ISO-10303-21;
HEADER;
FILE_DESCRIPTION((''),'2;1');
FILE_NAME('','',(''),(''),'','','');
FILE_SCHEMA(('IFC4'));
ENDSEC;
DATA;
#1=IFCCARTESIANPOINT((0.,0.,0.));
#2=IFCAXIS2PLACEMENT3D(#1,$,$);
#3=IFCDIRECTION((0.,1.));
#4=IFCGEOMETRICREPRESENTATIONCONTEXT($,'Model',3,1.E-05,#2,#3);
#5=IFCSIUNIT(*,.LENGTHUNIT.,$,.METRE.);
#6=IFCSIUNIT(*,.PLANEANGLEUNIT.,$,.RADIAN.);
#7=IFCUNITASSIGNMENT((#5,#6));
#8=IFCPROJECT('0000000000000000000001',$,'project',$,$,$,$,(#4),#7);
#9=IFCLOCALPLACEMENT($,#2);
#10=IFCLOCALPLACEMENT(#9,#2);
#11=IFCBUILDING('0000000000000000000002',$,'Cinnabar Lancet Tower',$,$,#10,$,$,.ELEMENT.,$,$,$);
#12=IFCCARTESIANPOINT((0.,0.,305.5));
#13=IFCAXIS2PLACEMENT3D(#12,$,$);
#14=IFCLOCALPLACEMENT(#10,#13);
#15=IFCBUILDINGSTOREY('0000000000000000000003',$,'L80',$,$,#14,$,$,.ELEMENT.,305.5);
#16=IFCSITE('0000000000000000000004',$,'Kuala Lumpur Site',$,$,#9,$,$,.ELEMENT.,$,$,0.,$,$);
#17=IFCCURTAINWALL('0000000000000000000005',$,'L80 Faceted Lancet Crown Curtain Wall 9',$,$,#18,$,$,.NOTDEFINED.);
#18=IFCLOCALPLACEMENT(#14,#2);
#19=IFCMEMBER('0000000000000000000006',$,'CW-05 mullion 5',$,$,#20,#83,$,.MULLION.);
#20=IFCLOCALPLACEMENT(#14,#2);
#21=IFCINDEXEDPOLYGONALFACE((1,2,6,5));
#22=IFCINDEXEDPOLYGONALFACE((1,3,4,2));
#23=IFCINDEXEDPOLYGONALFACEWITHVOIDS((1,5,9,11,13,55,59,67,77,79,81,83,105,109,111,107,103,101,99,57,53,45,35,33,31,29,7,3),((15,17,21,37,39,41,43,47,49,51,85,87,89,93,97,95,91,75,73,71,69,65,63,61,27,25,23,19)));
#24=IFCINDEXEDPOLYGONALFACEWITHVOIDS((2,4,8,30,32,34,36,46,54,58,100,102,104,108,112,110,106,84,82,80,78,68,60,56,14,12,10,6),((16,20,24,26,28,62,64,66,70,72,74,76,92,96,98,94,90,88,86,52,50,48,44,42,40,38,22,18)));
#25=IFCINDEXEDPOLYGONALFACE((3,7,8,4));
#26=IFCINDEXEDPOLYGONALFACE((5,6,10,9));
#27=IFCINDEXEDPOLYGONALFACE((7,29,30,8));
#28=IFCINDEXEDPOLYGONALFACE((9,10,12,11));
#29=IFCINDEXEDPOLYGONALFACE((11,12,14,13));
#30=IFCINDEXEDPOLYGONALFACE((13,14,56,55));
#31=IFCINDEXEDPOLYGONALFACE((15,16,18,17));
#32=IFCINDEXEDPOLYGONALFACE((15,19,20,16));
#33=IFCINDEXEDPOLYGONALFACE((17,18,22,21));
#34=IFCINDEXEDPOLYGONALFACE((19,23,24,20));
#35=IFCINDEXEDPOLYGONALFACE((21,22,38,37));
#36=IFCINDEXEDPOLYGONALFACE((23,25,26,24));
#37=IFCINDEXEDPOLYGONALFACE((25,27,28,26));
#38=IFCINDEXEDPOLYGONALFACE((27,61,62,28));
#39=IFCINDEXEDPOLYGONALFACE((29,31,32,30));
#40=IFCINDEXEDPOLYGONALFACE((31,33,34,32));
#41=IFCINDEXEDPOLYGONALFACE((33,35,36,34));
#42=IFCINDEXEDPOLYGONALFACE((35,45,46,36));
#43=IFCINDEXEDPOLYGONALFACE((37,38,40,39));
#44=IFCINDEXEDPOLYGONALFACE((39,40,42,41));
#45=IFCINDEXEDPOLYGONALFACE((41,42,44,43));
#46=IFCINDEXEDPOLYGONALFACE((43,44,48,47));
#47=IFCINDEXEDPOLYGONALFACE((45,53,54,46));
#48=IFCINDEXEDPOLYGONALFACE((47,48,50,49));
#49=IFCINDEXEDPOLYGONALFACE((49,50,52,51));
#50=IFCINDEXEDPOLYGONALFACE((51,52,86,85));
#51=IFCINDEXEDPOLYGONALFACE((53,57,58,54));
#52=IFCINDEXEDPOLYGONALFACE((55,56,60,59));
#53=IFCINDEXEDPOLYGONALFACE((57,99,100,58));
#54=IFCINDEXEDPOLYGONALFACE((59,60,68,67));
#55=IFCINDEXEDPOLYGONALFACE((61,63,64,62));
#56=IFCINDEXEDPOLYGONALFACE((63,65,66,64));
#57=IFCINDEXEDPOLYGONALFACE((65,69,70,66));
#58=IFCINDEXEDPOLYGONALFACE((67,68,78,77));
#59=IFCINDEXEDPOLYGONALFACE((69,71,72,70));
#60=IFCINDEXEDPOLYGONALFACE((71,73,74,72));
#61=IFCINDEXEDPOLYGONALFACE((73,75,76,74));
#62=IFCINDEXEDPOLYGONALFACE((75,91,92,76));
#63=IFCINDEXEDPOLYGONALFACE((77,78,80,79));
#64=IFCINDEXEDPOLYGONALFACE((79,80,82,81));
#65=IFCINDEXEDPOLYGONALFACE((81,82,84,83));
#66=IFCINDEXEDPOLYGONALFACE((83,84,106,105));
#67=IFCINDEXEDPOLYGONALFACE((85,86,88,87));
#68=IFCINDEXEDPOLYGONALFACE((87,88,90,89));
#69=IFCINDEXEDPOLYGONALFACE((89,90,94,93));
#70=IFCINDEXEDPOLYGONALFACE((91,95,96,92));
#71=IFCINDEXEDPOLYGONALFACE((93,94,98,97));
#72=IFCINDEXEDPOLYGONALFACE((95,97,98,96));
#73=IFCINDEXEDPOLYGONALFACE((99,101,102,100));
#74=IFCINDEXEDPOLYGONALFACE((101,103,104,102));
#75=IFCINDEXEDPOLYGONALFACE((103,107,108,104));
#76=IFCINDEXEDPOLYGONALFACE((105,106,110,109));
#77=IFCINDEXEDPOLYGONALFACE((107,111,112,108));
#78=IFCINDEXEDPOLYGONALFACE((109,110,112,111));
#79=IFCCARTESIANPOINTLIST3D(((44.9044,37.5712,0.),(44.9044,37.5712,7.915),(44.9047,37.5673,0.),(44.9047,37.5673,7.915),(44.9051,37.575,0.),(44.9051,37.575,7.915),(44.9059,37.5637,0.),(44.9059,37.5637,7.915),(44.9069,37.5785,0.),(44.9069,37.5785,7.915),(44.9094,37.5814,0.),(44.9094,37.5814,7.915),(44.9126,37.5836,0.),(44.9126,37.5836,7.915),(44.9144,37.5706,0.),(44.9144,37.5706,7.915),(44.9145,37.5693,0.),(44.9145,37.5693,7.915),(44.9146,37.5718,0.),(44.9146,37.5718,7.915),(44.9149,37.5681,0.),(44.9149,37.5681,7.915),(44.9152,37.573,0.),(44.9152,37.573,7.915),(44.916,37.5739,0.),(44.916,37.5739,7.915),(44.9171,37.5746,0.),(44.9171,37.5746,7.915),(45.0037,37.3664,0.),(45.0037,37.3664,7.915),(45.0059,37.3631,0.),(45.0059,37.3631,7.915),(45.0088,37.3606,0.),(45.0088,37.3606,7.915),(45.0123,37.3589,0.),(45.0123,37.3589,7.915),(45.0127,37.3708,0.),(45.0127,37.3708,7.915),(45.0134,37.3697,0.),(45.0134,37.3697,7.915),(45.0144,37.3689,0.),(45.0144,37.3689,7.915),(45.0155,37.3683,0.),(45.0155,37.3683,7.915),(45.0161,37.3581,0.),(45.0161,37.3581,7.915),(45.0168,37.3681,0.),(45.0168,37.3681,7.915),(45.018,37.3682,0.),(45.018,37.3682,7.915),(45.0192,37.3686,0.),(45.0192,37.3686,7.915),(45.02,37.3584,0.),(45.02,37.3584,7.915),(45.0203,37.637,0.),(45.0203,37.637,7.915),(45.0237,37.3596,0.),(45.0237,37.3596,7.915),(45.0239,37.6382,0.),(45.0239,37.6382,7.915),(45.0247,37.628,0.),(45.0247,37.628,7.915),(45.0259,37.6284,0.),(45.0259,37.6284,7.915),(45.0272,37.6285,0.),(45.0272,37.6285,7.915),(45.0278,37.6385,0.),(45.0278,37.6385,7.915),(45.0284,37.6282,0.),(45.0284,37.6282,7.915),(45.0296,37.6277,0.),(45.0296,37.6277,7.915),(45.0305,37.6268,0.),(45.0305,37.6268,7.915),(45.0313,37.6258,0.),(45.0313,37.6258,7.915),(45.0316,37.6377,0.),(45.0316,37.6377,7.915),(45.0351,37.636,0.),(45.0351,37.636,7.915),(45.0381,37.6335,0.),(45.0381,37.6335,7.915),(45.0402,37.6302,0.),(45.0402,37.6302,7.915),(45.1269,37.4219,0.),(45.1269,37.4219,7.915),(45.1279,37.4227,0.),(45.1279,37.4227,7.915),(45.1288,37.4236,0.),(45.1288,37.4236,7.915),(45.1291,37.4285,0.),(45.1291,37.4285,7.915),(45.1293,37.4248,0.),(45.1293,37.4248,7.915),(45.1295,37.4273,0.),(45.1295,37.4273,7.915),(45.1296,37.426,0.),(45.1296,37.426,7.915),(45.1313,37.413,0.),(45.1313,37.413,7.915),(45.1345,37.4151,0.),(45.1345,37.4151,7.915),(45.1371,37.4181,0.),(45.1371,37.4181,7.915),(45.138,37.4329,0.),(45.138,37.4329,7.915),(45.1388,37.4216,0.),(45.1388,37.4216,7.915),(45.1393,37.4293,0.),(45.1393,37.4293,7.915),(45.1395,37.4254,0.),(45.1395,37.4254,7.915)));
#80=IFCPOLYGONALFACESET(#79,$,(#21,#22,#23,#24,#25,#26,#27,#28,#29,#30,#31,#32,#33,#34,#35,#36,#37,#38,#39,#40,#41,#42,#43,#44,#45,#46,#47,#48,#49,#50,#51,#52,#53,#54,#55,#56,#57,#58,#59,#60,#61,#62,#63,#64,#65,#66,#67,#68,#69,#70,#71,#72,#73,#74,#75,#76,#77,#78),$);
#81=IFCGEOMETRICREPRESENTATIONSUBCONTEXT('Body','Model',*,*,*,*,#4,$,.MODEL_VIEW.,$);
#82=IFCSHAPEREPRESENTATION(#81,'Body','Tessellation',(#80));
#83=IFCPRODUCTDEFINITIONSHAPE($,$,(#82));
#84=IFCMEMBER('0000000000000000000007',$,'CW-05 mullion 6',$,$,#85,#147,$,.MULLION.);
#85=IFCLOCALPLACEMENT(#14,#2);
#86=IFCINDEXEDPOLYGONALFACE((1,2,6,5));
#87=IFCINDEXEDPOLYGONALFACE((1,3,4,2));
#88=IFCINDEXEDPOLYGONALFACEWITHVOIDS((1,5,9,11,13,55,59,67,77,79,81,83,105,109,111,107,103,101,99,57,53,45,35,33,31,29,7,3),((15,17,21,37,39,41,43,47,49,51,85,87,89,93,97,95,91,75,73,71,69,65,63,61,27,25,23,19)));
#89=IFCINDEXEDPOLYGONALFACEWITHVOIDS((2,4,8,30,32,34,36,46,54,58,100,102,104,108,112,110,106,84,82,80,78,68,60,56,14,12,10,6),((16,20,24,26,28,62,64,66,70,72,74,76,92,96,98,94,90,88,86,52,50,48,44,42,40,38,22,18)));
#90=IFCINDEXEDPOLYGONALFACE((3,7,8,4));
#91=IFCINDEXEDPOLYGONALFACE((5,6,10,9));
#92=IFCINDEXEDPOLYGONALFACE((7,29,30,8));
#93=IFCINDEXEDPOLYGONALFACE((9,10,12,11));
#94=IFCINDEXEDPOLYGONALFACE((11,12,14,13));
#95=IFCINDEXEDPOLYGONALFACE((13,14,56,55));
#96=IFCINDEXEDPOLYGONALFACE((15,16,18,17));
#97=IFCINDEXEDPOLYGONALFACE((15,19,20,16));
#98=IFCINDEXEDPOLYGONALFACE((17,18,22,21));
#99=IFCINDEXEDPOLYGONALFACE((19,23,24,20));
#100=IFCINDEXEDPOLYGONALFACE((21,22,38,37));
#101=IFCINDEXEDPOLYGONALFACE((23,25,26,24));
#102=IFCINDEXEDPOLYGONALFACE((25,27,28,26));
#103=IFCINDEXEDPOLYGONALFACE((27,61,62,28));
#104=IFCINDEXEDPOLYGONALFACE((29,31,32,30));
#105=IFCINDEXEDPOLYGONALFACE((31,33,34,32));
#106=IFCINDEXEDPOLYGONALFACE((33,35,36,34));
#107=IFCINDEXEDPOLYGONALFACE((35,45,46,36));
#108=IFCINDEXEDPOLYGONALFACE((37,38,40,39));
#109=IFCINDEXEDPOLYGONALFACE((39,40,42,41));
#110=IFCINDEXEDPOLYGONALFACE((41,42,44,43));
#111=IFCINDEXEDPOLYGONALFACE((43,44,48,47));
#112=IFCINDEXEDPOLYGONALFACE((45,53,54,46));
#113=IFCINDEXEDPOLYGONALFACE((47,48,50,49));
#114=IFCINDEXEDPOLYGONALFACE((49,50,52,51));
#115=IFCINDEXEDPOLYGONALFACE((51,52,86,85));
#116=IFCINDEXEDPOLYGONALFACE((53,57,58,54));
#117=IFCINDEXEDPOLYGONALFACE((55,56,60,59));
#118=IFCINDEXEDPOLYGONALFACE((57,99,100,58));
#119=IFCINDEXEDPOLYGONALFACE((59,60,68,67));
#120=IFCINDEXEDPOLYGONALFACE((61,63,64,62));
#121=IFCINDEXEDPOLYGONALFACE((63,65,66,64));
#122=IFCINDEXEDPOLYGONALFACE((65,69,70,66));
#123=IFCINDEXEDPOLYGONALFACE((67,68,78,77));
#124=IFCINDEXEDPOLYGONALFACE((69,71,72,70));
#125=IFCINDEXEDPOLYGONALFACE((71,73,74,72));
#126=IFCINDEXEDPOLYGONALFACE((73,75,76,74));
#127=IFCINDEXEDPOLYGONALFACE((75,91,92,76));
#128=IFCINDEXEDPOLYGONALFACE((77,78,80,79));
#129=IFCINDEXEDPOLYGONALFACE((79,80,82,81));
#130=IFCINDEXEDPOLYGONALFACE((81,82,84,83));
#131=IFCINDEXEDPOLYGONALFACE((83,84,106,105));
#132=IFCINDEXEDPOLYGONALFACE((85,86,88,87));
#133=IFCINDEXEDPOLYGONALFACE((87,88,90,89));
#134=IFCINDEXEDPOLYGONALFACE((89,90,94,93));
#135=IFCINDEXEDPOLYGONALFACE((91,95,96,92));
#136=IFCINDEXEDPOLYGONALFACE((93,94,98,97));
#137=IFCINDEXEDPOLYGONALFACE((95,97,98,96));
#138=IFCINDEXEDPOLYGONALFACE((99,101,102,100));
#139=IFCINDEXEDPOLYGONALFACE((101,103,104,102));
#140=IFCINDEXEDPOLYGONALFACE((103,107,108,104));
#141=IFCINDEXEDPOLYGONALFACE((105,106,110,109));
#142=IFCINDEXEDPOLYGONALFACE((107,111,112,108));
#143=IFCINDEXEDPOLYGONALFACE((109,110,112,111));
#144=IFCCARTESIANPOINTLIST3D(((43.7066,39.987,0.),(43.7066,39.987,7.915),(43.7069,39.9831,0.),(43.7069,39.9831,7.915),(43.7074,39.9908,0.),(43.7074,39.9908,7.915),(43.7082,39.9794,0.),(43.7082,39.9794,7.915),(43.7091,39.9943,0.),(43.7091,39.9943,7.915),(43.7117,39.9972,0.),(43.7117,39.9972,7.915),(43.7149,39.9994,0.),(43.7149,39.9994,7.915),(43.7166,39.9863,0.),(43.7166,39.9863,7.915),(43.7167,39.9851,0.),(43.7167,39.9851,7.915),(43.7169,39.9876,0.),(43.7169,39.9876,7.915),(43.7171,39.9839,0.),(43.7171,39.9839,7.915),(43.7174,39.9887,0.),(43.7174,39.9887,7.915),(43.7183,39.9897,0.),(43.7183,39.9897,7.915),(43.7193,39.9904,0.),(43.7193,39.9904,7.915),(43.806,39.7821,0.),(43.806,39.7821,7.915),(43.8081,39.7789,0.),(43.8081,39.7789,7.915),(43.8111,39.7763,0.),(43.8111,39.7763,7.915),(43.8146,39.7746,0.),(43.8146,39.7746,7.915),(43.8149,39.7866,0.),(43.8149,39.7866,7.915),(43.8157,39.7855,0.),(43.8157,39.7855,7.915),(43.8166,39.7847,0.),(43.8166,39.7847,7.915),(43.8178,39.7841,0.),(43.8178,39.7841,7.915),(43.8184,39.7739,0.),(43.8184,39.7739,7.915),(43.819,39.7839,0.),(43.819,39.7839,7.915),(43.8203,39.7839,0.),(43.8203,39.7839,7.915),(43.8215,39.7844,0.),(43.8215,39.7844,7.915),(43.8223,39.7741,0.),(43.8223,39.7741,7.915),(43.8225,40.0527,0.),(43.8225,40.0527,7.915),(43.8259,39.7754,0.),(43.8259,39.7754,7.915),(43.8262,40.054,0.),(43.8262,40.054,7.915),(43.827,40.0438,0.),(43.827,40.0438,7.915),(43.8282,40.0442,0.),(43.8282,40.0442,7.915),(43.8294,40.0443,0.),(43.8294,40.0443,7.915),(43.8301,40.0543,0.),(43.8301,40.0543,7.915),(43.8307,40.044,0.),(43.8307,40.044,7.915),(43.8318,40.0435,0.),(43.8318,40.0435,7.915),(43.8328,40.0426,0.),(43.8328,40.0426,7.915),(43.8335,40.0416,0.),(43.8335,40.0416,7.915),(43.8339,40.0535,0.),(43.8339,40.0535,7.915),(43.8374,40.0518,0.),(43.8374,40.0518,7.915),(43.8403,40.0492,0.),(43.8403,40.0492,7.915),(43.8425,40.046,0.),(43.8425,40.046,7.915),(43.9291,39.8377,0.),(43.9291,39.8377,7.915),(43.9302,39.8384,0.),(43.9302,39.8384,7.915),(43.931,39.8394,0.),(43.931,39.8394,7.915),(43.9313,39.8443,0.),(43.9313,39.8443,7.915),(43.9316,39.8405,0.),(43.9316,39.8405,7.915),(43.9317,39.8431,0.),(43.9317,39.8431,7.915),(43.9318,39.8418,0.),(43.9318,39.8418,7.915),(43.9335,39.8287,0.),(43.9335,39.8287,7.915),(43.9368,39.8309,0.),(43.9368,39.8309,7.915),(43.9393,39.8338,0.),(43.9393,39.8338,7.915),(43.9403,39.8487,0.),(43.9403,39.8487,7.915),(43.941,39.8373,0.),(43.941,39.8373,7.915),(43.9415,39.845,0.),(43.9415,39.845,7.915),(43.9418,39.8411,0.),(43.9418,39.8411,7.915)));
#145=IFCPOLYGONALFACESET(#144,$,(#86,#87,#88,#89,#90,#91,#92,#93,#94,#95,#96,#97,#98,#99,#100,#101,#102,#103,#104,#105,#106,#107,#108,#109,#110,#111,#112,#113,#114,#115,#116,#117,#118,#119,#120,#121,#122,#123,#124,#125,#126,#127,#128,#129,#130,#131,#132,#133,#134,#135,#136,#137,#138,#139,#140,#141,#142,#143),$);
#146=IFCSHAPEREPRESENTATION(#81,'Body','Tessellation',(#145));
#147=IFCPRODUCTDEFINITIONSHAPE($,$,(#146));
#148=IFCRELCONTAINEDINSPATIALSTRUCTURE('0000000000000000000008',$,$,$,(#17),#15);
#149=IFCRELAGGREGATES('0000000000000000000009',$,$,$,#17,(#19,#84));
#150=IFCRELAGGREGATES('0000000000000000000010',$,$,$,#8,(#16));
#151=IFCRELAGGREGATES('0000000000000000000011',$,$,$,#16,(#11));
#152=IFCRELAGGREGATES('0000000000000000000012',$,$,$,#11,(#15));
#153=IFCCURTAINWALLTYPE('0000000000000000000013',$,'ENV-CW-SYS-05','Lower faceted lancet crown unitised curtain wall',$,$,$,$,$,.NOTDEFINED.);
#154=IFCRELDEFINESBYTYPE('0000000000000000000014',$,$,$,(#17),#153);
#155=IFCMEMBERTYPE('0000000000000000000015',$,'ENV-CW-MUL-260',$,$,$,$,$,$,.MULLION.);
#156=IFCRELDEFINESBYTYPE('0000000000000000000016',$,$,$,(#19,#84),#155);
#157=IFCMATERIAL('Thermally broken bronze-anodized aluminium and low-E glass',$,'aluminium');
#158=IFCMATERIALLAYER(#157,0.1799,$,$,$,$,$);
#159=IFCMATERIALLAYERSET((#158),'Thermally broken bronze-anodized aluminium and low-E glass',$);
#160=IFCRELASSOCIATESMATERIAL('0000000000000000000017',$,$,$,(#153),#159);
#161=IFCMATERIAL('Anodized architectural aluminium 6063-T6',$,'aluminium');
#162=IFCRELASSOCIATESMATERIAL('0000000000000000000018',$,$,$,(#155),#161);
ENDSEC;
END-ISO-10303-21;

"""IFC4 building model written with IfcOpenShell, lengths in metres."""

from ifc_helpers import new_model, si_unit, direction, frame, origin, origin_2d, place, context, subcontext, project, spatial, hollow_rectangle, extrude, material, layer, layer_set, material_profile, profile_set, type_object, element, aggregate, save


model = new_model("IFC4")

# Units and contexts
model_context = context("Model", 3, precision=1e-05, world=origin(), true_north=direction((0.0, 1.0)))
body_context = subcontext(model_context, "Body", "Model", "MODEL_VIEW")
ifc_project = project(units=[si_unit("LENGTHUNIT", "METRE"), si_unit("PLANEANGLEUNIT", "RADIAN")], contexts=[model_context])

# Site, building, storey
site_placement = place(None, origin())
site = spatial("IfcSite", under=ifc_project, at=site_placement, Name="Kuala Lumpur Site", CompositionType="ELEMENT", RefElevation=0.0)
building_placement = place(site_placement, origin())
building = spatial("IfcBuilding", under=site, at=building_placement, Name="Cinnabar Lancet Tower", CompositionType="ELEMENT")
storey_placement = place(building_placement, frame((0.0, 0.0, 305.5)))
storey = spatial("IfcBuildingStorey", under=building, at=storey_placement, Name="L80", CompositionType="ELEMENT", Elevation=305.5)

# Curtain wall, members
ifc_material_1 = material(Name="Thermally broken bronze-anodized aluminium and low-E glass", Category="aluminium")
ifc_layer_1 = layer(ifc_material_1, 0.1799)
ifc_layer_set_1 = layer_set([ifc_layer_1], Name="Thermally broken bronze-anodized aluminium and low-E glass")
curtain_wall_type = type_object("IfcCurtainWallType", Name="ENV-CW-SYS-05", Description="Lower faceted lancet crown unitised curtain wall", PredefinedType="NOTDEFINED", material=ifc_layer_set_1)
curtain_wall_1_placement = place(storey_placement, origin())
curtain_wall_1 = element("IfcCurtainWall", 1, at=curtain_wall_1_placement, inside=storey, type_object=curtain_wall_type, Name="L80 Faceted Lancet Crown Curtain Wall 9", PredefinedType="NOTDEFINED")
ifc_material_2 = material(Name="Anodized architectural aluminium 6063-T6", Category="aluminium")
ifc_material_profile_1 = material_profile(ifc_material_2, hollow_rectangle(XDim=0.1499, YDim=0.25, WallThickness=0.01, InnerFilletRadius=0.0049, OuterFilletRadius=0.0149, at=origin_2d()), Name="RHS 250x150x10")
ifc_profile_set_1 = profile_set([ifc_material_profile_1], Name="Anodized architectural aluminium 6063-T6")
member_type_1 = type_object("IfcMemberType", Name="ENV-CW-MUL-260", PredefinedType="MULLION", material=ifc_profile_set_1)
member_1_placement = place(storey_placement, frame((45.022, 37.4983, 0.0), z_axis=(0.0, 0.0, 1.0), x_axis=(-0.895948, -0.444159, 0.0)))
member_1 = element("IfcMember", 2, at=member_1_placement, type_object=member_type_1, Name="CW-05 mullion 5", PredefinedType="MULLION", context=body_context, shape_type="SweptSolid", body=[
    extrude(hollow_rectangle(XDim=0.1499, YDim=0.25, WallThickness=0.01, InnerFilletRadius=0.0049, OuterFilletRadius=0.0149, at=origin_2d()), origin(), (0.0, 0.0, 1.0), 7.915),
])
member_2_placement = place(storey_placement, frame((43.8242, 39.9141, 0.0), z_axis=(0.0, 0.0, 1.0), x_axis=(-0.895948, -0.444159, 0.0)))
member_2 = element("IfcMember", 3, at=member_2_placement, type_object=member_type_1, Name="CW-05 mullion 6", PredefinedType="MULLION", context=body_context, shape_type="SweptSolid", body=[
    extrude(hollow_rectangle(XDim=0.1499, YDim=0.25, WallThickness=0.01, InnerFilletRadius=0.0049, OuterFilletRadius=0.0149, at=origin_2d()), origin(), (0.0, 0.0, 1.0), 7.915),
])

aggregate(curtain_wall_1, [member_1, member_2])

save(model, "model.ifc")
